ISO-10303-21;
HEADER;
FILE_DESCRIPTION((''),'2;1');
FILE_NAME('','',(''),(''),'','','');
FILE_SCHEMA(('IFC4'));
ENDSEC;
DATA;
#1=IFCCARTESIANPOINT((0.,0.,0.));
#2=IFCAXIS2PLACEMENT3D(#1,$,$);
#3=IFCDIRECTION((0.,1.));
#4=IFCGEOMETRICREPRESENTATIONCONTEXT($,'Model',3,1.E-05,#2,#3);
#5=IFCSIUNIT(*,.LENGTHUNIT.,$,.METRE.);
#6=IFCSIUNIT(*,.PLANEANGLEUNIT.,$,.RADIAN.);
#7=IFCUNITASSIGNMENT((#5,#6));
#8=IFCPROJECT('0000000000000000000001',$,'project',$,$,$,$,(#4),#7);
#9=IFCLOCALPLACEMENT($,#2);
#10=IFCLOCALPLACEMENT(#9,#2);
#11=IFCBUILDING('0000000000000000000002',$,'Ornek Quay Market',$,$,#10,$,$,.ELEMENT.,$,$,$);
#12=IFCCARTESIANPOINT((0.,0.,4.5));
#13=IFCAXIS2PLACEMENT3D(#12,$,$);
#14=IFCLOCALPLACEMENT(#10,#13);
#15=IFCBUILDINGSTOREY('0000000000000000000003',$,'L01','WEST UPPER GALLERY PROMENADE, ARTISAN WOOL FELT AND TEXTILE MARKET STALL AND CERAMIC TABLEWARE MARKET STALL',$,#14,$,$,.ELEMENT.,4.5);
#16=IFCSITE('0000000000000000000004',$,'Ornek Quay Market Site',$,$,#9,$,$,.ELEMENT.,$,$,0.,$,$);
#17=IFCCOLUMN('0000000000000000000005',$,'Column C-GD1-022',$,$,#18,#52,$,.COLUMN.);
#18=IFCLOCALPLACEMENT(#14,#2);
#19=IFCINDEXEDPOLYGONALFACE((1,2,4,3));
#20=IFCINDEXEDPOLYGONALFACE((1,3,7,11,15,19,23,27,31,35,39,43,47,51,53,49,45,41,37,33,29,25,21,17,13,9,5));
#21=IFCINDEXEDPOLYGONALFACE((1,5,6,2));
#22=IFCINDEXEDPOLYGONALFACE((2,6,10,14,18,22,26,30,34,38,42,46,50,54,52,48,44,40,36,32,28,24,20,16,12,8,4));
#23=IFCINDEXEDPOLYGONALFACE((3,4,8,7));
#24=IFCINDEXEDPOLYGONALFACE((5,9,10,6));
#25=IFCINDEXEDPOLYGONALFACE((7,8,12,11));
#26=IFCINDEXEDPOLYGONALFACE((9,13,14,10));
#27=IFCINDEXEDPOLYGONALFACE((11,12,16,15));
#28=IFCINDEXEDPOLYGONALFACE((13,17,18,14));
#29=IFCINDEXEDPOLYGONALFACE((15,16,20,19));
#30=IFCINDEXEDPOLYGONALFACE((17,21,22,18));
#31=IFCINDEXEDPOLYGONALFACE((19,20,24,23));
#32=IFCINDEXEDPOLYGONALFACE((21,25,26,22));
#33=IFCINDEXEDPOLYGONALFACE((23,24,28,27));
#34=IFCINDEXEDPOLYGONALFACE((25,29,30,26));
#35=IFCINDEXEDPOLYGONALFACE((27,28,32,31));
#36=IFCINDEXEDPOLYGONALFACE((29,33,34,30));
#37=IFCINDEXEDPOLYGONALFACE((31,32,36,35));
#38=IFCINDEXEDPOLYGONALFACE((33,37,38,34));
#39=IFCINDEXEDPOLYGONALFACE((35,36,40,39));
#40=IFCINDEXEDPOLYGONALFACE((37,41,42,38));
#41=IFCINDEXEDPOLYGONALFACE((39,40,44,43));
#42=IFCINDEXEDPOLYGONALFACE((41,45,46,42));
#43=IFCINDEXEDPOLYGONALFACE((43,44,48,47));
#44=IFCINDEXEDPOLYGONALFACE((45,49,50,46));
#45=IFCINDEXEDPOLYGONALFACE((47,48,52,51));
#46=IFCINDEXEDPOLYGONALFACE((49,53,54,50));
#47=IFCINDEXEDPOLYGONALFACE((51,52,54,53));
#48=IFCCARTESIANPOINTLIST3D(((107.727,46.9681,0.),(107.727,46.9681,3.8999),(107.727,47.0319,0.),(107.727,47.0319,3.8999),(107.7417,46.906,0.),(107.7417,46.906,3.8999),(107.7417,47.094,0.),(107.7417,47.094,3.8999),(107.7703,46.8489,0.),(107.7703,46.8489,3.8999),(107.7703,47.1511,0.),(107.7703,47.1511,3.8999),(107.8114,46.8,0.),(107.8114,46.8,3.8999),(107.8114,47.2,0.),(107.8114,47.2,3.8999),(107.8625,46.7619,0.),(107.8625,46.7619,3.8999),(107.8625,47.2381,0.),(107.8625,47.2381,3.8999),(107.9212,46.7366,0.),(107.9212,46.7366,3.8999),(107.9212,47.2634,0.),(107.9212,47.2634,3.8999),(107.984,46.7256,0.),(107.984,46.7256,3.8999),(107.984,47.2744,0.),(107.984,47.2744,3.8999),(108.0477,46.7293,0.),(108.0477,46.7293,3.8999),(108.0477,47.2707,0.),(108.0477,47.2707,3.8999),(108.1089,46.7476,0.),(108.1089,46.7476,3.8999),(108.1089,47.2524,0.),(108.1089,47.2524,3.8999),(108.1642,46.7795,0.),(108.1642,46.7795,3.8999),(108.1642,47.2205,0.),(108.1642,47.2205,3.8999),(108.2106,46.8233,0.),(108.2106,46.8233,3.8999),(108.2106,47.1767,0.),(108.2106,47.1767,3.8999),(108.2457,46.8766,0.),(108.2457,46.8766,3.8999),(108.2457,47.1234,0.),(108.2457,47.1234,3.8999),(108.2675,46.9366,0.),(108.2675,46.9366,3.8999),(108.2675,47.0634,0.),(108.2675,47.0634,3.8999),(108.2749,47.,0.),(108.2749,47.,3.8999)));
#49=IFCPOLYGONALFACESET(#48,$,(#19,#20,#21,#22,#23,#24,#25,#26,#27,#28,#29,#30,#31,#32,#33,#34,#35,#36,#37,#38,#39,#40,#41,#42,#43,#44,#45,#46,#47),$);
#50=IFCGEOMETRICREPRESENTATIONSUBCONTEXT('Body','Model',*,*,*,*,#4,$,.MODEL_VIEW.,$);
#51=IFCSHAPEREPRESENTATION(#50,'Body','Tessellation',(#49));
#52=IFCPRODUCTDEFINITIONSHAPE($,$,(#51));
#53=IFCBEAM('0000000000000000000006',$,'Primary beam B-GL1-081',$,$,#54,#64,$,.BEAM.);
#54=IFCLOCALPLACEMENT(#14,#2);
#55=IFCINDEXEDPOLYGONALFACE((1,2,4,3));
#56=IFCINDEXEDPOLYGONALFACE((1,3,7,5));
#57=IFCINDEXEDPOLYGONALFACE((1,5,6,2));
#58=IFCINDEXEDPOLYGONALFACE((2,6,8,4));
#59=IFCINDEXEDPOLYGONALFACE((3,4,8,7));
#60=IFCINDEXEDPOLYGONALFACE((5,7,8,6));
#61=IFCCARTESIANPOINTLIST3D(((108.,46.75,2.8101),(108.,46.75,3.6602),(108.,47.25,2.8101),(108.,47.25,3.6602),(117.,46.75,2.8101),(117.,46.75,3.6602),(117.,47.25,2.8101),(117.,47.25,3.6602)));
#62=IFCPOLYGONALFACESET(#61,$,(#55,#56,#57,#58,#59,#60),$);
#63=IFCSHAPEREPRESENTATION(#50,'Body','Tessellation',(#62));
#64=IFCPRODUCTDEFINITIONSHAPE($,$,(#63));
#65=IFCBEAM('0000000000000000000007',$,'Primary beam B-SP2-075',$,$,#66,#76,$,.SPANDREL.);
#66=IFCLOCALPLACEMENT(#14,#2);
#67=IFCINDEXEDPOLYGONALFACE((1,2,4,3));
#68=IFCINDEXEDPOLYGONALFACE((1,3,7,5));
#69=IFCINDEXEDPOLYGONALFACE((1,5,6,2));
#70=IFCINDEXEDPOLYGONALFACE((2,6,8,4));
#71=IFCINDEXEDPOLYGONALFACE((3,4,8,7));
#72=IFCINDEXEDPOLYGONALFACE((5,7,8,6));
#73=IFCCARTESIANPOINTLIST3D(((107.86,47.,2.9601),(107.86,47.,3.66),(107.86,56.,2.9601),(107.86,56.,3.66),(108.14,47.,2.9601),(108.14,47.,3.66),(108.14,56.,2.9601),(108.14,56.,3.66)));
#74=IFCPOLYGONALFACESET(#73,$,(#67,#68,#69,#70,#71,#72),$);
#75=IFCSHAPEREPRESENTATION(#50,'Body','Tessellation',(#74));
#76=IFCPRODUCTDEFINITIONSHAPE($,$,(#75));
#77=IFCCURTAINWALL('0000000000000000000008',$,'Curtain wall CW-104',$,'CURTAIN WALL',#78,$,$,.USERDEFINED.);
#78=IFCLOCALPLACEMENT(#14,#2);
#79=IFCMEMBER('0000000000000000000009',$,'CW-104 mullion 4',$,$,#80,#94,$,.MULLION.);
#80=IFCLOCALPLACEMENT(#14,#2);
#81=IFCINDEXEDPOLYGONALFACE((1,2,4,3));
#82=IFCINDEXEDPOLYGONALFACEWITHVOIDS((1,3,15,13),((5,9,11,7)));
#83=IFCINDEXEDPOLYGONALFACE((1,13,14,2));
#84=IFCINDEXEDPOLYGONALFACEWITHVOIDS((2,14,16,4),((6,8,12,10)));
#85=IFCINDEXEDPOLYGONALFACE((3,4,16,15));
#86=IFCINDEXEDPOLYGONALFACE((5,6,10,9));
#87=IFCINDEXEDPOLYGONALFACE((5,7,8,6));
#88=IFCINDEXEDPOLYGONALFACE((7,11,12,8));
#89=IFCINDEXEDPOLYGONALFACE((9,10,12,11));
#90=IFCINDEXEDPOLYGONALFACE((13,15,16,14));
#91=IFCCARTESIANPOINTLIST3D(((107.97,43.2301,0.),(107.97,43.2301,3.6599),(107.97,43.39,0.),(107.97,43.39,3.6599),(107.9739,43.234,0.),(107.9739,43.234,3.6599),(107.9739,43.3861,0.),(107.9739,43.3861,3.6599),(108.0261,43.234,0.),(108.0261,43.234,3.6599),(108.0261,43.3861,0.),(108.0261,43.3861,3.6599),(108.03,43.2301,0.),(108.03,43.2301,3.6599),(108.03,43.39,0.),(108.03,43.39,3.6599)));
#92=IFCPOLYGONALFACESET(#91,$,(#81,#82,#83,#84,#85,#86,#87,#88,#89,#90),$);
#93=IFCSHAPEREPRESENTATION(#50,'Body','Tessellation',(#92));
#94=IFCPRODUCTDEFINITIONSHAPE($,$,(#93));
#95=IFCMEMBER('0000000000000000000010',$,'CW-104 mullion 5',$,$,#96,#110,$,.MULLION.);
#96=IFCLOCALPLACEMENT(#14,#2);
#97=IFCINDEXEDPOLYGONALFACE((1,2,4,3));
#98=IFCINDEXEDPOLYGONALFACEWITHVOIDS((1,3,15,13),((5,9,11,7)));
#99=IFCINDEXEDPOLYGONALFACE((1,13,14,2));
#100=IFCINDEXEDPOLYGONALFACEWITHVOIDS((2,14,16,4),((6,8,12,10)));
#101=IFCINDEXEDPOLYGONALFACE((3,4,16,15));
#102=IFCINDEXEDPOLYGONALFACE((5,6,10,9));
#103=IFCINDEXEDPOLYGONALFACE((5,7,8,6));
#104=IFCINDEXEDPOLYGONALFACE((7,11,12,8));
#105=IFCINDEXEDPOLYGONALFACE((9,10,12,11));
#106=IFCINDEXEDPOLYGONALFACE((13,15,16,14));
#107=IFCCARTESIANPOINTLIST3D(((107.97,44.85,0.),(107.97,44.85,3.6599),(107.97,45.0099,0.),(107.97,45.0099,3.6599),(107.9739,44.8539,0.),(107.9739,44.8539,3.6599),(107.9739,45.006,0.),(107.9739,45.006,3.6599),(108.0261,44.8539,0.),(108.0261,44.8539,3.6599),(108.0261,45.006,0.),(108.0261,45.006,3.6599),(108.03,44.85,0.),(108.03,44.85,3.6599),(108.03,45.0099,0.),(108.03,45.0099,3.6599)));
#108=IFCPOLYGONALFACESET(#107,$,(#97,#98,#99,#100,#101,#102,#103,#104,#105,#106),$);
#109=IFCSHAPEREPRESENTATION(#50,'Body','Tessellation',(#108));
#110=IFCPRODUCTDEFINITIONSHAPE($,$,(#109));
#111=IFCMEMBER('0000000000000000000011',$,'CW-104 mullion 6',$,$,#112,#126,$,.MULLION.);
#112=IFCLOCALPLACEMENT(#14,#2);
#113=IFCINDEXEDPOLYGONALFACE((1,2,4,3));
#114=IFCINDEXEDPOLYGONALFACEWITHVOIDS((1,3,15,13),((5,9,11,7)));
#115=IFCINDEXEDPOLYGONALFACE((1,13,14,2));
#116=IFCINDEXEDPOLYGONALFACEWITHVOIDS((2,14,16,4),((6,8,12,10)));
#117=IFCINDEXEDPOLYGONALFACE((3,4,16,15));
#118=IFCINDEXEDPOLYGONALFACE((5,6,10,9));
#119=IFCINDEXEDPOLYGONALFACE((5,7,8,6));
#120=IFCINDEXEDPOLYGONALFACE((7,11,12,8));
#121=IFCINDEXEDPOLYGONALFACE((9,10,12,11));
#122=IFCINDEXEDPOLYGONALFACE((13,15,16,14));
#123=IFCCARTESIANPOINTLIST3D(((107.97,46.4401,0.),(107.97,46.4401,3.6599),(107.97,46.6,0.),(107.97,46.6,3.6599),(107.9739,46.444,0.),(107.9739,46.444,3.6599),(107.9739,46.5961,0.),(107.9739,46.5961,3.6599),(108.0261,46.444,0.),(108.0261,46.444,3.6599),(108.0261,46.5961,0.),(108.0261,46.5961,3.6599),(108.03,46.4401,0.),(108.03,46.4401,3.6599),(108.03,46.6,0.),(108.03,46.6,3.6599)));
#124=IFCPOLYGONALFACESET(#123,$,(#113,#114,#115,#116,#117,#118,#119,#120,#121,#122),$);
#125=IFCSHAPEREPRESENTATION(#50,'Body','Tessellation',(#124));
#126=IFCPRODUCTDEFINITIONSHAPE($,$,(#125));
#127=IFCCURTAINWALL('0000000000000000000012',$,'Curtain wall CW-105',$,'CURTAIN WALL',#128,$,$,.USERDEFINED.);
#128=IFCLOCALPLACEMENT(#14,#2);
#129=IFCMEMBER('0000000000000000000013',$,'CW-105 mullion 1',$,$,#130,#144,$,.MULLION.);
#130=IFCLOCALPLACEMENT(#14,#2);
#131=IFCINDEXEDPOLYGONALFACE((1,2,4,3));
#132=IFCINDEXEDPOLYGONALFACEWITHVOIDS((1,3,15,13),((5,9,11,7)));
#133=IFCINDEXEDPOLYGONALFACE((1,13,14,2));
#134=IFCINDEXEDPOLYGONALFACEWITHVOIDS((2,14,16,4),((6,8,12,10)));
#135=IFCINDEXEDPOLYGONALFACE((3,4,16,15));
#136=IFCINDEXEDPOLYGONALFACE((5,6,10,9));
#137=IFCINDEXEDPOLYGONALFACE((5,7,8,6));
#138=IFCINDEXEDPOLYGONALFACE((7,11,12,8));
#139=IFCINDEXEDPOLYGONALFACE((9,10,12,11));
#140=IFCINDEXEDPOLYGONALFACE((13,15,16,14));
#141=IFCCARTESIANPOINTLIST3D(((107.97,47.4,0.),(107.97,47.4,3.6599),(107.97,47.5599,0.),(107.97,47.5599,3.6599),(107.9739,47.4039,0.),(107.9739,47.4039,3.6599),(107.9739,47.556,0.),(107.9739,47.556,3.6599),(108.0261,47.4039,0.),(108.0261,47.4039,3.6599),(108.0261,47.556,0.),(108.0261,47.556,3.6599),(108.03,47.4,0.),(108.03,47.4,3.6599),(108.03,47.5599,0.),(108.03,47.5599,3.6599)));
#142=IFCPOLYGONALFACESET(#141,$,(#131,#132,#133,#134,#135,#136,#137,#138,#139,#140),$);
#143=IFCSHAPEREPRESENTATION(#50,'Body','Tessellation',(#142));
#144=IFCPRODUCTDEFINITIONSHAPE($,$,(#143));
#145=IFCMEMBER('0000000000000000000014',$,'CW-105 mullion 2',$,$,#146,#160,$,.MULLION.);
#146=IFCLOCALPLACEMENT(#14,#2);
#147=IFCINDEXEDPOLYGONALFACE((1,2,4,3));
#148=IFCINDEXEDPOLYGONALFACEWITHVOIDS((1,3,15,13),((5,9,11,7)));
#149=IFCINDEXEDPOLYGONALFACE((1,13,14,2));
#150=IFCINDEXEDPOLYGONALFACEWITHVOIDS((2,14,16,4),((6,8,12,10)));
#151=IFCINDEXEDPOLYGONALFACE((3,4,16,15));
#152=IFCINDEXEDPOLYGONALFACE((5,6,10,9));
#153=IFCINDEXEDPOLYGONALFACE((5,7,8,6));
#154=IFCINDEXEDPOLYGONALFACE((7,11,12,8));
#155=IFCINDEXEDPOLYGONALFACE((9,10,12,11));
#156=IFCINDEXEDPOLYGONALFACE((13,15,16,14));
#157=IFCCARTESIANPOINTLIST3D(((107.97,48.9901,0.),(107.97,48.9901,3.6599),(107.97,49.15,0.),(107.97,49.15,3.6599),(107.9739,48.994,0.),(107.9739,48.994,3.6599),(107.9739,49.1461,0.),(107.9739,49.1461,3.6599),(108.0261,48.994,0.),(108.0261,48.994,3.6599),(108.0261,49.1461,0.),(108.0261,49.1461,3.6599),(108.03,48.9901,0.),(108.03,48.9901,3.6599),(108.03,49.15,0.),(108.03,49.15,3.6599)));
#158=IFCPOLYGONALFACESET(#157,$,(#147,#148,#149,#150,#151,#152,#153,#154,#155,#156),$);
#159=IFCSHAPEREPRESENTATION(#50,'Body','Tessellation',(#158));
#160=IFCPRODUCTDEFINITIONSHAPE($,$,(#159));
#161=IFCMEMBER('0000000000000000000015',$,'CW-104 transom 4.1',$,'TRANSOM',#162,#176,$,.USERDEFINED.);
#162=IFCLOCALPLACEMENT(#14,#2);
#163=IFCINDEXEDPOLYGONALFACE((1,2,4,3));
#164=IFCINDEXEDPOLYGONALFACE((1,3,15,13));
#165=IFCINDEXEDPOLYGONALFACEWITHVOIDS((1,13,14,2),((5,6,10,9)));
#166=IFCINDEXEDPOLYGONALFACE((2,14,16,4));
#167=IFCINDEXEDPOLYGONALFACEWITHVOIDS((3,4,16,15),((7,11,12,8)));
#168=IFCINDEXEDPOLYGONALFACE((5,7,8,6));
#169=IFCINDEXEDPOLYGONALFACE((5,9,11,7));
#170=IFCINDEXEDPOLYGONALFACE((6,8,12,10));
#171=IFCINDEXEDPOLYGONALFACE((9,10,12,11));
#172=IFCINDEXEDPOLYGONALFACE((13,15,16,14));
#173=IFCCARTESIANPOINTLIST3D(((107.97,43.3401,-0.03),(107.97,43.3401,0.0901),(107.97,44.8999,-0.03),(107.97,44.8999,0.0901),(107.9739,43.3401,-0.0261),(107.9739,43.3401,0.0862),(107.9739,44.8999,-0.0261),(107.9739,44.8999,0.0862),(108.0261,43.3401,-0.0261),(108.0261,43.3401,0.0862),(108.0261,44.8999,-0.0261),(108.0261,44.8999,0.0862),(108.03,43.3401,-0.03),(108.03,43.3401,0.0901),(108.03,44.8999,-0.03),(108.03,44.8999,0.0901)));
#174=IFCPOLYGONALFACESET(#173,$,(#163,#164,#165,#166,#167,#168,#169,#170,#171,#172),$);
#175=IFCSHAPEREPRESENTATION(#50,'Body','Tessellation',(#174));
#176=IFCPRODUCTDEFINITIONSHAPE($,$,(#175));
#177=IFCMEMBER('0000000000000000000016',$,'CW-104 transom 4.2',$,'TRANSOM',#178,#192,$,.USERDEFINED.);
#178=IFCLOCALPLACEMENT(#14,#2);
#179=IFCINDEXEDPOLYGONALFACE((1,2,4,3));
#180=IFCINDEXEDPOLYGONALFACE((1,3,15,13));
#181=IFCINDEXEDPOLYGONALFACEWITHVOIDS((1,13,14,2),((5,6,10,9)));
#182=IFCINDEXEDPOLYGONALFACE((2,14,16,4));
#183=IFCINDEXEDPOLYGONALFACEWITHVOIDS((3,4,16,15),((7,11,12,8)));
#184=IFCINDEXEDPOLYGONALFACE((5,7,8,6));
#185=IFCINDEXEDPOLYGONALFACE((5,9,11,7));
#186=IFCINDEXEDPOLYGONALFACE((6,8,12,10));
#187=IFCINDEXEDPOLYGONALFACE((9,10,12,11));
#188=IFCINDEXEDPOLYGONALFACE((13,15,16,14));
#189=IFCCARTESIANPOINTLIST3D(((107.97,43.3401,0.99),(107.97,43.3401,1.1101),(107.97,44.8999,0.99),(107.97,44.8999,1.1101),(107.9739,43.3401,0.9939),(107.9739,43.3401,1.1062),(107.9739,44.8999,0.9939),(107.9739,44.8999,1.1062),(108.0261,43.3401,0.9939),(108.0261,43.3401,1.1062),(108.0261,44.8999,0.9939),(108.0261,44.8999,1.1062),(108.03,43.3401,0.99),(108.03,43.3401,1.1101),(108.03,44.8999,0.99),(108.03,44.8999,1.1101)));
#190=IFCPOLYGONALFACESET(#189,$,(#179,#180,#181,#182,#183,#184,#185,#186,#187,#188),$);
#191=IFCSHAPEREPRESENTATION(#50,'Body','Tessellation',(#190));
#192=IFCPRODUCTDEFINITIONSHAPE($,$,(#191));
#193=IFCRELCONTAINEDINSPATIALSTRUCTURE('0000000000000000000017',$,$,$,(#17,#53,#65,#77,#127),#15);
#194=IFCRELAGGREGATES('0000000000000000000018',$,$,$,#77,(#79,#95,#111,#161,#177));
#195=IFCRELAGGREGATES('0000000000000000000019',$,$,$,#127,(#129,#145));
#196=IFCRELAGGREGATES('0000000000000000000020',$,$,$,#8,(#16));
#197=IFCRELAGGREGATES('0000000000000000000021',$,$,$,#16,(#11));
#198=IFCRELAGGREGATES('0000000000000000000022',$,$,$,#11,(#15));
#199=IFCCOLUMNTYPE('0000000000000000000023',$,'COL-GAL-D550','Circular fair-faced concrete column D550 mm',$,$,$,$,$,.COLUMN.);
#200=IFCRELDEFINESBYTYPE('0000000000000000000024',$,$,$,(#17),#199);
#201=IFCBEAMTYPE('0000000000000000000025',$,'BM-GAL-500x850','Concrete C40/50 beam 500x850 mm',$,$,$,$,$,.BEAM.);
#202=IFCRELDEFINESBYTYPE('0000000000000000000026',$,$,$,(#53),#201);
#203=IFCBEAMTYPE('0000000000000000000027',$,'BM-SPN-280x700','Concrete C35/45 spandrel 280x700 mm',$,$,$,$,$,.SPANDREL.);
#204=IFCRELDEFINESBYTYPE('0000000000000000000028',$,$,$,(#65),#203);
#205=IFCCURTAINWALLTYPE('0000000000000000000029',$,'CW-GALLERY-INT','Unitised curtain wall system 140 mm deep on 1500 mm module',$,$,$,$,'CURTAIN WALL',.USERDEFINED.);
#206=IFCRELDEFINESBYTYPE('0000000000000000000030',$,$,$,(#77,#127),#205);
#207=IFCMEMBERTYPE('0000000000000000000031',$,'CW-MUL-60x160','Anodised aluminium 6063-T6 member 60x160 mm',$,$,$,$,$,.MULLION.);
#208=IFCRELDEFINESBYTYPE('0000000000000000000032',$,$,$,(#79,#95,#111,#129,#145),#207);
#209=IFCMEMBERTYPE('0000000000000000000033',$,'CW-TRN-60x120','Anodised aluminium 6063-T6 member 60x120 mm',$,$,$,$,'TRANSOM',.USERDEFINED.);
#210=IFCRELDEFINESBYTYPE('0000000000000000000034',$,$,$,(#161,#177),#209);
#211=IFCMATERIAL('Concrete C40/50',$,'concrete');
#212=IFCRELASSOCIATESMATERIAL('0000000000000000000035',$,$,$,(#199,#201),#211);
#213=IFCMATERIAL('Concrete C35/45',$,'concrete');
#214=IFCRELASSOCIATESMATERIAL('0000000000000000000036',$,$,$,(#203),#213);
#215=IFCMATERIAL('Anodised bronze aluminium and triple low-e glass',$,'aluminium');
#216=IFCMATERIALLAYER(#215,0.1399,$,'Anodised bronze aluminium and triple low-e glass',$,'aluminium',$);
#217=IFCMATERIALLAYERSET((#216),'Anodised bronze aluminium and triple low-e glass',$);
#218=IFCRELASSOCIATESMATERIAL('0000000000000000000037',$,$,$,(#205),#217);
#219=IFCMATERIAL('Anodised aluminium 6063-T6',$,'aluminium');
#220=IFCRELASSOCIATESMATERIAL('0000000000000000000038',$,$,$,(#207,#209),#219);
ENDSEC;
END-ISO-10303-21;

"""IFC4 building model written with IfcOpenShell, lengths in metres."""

from ifc_helpers import new_model, si_unit, direction, frame, origin, origin_2d, place, context, subcontext, project, spatial, rectangle, hollow_rectangle, circle, extrude, material, layer, layer_set, material_profile, profile_set, type_object, element, aggregate, save


model = new_model("IFC4")

# Units and contexts
model_context = context("Model", 3, precision=1e-05, world=origin(), true_north=direction((0.0, 1.0)))
body_context = subcontext(model_context, "Body", "Model", "MODEL_VIEW")
ifc_project = project(units=[si_unit("LENGTHUNIT", "METRE"), si_unit("PLANEANGLEUNIT", "RADIAN")], contexts=[model_context])

# Site, building, storey
site_placement = place(None, origin())
site = spatial("IfcSite", under=ifc_project, at=site_placement, Name="Ornek Quay Market Site", CompositionType="ELEMENT", RefElevation=0.0)
building_placement = place(site_placement, origin())
building = spatial("IfcBuilding", under=site, at=building_placement, Name="Ornek Quay Market", CompositionType="ELEMENT")
storey_placement = place(building_placement, frame((0.0, 0.0, 4.5)))
storey = spatial("IfcBuildingStorey", under=building, at=storey_placement, Name="L01", Description="WEST UPPER GALLERY PROMENADE, ARTISAN WOOL FELT AND TEXTILE MARKET STALL AND CERAMIC TABLEWARE MARKET STALL", CompositionType="ELEMENT", Elevation=4.5)

# Column
ifc_material_1 = material(Name="Concrete C40/50", Category="concrete")
ifc_material_profile_1 = material_profile(ifc_material_1, circle(Radius=0.2749, at=origin_2d()), Name="RC D550", Category="concrete")
ifc_profile_set_1 = profile_set([ifc_material_profile_1], Name="Concrete C40/50")
column_type = type_object("IfcColumnType", Name="COL-GAL-D550", Description="Circular fair-faced concrete column D550 mm", PredefinedType="COLUMN", material=ifc_profile_set_1)
column_placement = place(storey_placement, frame((108.0, 47.0, 0.0), z_axis=(0.0, 0.0, 1.0), x_axis=(1.0, 0.0, 0.0)))
element("IfcColumn", 1, at=column_placement, inside=storey, type_object=column_type, Name="Column C-GD1-022", PredefinedType="COLUMN", context=body_context, shape_type="SweptSolid", body=[
    extrude(circle(Radius=0.2749, at=origin_2d()), origin(), (0.0, 0.0, 1.0), 3.8999),
])

# Beams
ifc_material_profile_2 = material_profile(ifc_material_1, rectangle(XDim=0.5, YDim=0.8501, at=origin_2d()), Name="RC 500x850", Category="concrete")
ifc_profile_set_2 = profile_set([ifc_material_profile_2], Name="Concrete C40/50")
beam_type_1 = type_object("IfcBeamType", Name="BM-GAL-500x850", Description="Concrete C40/50 beam 500x850 mm", PredefinedType="BEAM", material=ifc_profile_set_2)
beam_1_placement = place(storey_placement, frame((108.0, 47.0, 3.2351), z_axis=(1.0, 0.0, 0.0), x_axis=(0.0, 1.0, 0.0)))
element("IfcBeam", 2, at=beam_1_placement, inside=storey, type_object=beam_type_1, Name="Primary beam B-GL1-081", PredefinedType="BEAM", context=body_context, shape_type="SweptSolid", body=[
    extrude(rectangle(XDim=0.5, YDim=0.8501, at=origin_2d()), origin(), (0.0, 0.0, 1.0), 9.0),
])
ifc_material_2 = material(Name="Concrete C35/45", Category="concrete")
ifc_material_profile_3 = material_profile(ifc_material_2, rectangle(XDim=0.28, YDim=0.7, at=origin_2d()), Name="RC 280x700", Category="concrete")
ifc_profile_set_3 = profile_set([ifc_material_profile_3], Name="Concrete C35/45")
beam_type_2 = type_object("IfcBeamType", Name="BM-SPN-280x700", Description="Concrete C35/45 spandrel 280x700 mm", PredefinedType="SPANDREL", material=ifc_profile_set_3)
beam_2_placement = place(storey_placement, frame((108.0, 47.0, 3.3101), z_axis=(0.0, 1.0, 0.0), x_axis=(-1.0, 0.0, 0.0)))
element("IfcBeam", 3, at=beam_2_placement, inside=storey, type_object=beam_type_2, Name="Primary beam B-SP2-075", PredefinedType="SPANDREL", context=body_context, shape_type="SweptSolid", body=[
    extrude(rectangle(XDim=0.28, YDim=0.7, at=origin_2d()), origin(), (0.0, 0.0, 1.0), 9.0),
])

# Curtain walls, members
ifc_material_3 = material(Name="Anodised bronze aluminium and triple low-e glass", Category="aluminium")
ifc_layer_1 = layer(ifc_material_3, 0.1399, Name="Anodised bronze aluminium and triple low-e glass", Category="aluminium")
ifc_layer_set_1 = layer_set([ifc_layer_1], Name="Anodised bronze aluminium and triple low-e glass")
curtain_wall_type = type_object("IfcCurtainWallType", Name="CW-GALLERY-INT", Description="Unitised curtain wall system 140 mm deep on 1500 mm module", ElementType="CURTAIN WALL", PredefinedType="USERDEFINED", material=ifc_layer_set_1)
curtain_wall_1_placement = place(storey_placement, origin())
curtain_wall_1 = element("IfcCurtainWall", 4, at=curtain_wall_1_placement, inside=storey, type_object=curtain_wall_type, Name="Curtain wall CW-104", ObjectType="CURTAIN WALL", PredefinedType="USERDEFINED")
ifc_material_4 = material(Name="Anodised aluminium 6063-T6", Category="aluminium")
ifc_material_profile_4 = material_profile(ifc_material_4, hollow_rectangle(XDim=0.0601, YDim=0.1599, WallThickness=0.0039, at=origin_2d()), Name="CW-MUL-60x160", Category="aluminium")
ifc_profile_set_4 = profile_set([ifc_material_profile_4], Name="Anodised aluminium 6063-T6")
member_type_1 = type_object("IfcMemberType", Name="CW-MUL-60x160", Description="Anodised aluminium 6063-T6 member 60x160 mm", PredefinedType="MULLION", material=ifc_profile_set_4)
member_1_placement = place(storey_placement, frame((108.0, 43.3101, 0.0), z_axis=(0.0, 0.0, 1.0), x_axis=(-1.0, 0.0, 0.0)))
member_1 = element("IfcMember", 5, at=member_1_placement, type_object=member_type_1, Name="CW-104 mullion 4", PredefinedType="MULLION", context=body_context, shape_type="SweptSolid", body=[
    extrude(hollow_rectangle(XDim=0.0601, YDim=0.1599, WallThickness=0.0039, at=origin_2d()), origin(), (0.0, 0.0, 1.0), 3.6599),
])
member_2_placement = place(storey_placement, frame((108.0, 44.9299, 0.0), z_axis=(0.0, 0.0, 1.0), x_axis=(-1.0, 0.0, 0.0)))
member_2 = element("IfcMember", 6, at=member_2_placement, type_object=member_type_1, Name="CW-104 mullion 5", PredefinedType="MULLION", context=body_context, shape_type="SweptSolid", body=[
    extrude(hollow_rectangle(XDim=0.0601, YDim=0.1599, WallThickness=0.0039, at=origin_2d()), origin(), (0.0, 0.0, 1.0), 3.6599),
])
member_3_placement = place(storey_placement, frame((108.0, 46.52, 0.0), z_axis=(0.0, 0.0, 1.0), x_axis=(-1.0, 0.0, 0.0)))
member_3 = element("IfcMember", 7, at=member_3_placement, type_object=member_type_1, Name="CW-104 mullion 6", PredefinedType="MULLION", context=body_context, shape_type="SweptSolid", body=[
    extrude(hollow_rectangle(XDim=0.0601, YDim=0.1599, WallThickness=0.0039, at=origin_2d()), origin(), (0.0, 0.0, 1.0), 3.6599),
])
curtain_wall_2_placement = place(storey_placement, origin())
curtain_wall_2 = element("IfcCurtainWall", 8, at=curtain_wall_2_placement, inside=storey, type_object=curtain_wall_type, Name="Curtain wall CW-105", ObjectType="CURTAIN WALL", PredefinedType="USERDEFINED")
member_4_placement = place(storey_placement, frame((108.0, 47.48, 0.0), z_axis=(0.0, 0.0, 1.0), x_axis=(-1.0, 0.0, 0.0)))
member_4 = element("IfcMember", 9, at=member_4_placement, type_object=member_type_1, Name="CW-105 mullion 1", PredefinedType="MULLION", context=body_context, shape_type="SweptSolid", body=[
    extrude(hollow_rectangle(XDim=0.0601, YDim=0.1599, WallThickness=0.0039, at=origin_2d()), origin(), (0.0, 0.0, 1.0), 3.6599),
])
member_5_placement = place(storey_placement, frame((108.0, 49.0701, 0.0), z_axis=(0.0, 0.0, 1.0), x_axis=(-1.0, 0.0, 0.0)))
member_5 = element("IfcMember", 10, at=member_5_placement, type_object=member_type_1, Name="CW-105 mullion 2", PredefinedType="MULLION", context=body_context, shape_type="SweptSolid", body=[
    extrude(hollow_rectangle(XDim=0.0601, YDim=0.1599, WallThickness=0.0039, at=origin_2d()), origin(), (0.0, 0.0, 1.0), 3.6599),
])

# Members
ifc_material_profile_5 = material_profile(ifc_material_4, hollow_rectangle(XDim=0.0601, YDim=0.1201, WallThickness=0.0039, at=origin_2d()), Name="CW-TRN-60x120", Category="aluminium")
ifc_profile_set_5 = profile_set([ifc_material_profile_5], Name="Anodised aluminium 6063-T6")
member_type_2 = type_object("IfcMemberType", Name="CW-TRN-60x120", Description="Anodised aluminium 6063-T6 member 60x120 mm", ElementType="TRANSOM", PredefinedType="USERDEFINED", material=ifc_profile_set_5)
member_6_placement = place(storey_placement, frame((108.0, 43.3401, 0.03), z_axis=(0.0, 1.0, 0.0), x_axis=(-1.0, 0.0, 0.0)))
member_6 = element("IfcMember", 11, at=member_6_placement, type_object=member_type_2, Name="CW-104 transom 4.1", ObjectType="TRANSOM", PredefinedType="USERDEFINED", context=body_context, shape_type="SweptSolid", body=[
    extrude(hollow_rectangle(XDim=0.0601, YDim=0.1201, WallThickness=0.0039, at=origin_2d()), origin(), (0.0, 0.0, 1.0), 1.5598),
])
member_7_placement = place(storey_placement, frame((108.0, 43.3401, 1.05), z_axis=(0.0, 1.0, 0.0), x_axis=(-1.0, 0.0, 0.0)))
member_7 = element("IfcMember", 12, at=member_7_placement, type_object=member_type_2, Name="CW-104 transom 4.2", ObjectType="TRANSOM", PredefinedType="USERDEFINED", context=body_context, shape_type="SweptSolid", body=[
    extrude(hollow_rectangle(XDim=0.0601, YDim=0.1201, WallThickness=0.0039, at=origin_2d()), origin(), (0.0, 0.0, 1.0), 1.5598),
])

aggregate(curtain_wall_1, [member_1, member_2, member_3, member_6, member_7])
aggregate(curtain_wall_2, [member_4, member_5])

save(model, "model.ifc")
